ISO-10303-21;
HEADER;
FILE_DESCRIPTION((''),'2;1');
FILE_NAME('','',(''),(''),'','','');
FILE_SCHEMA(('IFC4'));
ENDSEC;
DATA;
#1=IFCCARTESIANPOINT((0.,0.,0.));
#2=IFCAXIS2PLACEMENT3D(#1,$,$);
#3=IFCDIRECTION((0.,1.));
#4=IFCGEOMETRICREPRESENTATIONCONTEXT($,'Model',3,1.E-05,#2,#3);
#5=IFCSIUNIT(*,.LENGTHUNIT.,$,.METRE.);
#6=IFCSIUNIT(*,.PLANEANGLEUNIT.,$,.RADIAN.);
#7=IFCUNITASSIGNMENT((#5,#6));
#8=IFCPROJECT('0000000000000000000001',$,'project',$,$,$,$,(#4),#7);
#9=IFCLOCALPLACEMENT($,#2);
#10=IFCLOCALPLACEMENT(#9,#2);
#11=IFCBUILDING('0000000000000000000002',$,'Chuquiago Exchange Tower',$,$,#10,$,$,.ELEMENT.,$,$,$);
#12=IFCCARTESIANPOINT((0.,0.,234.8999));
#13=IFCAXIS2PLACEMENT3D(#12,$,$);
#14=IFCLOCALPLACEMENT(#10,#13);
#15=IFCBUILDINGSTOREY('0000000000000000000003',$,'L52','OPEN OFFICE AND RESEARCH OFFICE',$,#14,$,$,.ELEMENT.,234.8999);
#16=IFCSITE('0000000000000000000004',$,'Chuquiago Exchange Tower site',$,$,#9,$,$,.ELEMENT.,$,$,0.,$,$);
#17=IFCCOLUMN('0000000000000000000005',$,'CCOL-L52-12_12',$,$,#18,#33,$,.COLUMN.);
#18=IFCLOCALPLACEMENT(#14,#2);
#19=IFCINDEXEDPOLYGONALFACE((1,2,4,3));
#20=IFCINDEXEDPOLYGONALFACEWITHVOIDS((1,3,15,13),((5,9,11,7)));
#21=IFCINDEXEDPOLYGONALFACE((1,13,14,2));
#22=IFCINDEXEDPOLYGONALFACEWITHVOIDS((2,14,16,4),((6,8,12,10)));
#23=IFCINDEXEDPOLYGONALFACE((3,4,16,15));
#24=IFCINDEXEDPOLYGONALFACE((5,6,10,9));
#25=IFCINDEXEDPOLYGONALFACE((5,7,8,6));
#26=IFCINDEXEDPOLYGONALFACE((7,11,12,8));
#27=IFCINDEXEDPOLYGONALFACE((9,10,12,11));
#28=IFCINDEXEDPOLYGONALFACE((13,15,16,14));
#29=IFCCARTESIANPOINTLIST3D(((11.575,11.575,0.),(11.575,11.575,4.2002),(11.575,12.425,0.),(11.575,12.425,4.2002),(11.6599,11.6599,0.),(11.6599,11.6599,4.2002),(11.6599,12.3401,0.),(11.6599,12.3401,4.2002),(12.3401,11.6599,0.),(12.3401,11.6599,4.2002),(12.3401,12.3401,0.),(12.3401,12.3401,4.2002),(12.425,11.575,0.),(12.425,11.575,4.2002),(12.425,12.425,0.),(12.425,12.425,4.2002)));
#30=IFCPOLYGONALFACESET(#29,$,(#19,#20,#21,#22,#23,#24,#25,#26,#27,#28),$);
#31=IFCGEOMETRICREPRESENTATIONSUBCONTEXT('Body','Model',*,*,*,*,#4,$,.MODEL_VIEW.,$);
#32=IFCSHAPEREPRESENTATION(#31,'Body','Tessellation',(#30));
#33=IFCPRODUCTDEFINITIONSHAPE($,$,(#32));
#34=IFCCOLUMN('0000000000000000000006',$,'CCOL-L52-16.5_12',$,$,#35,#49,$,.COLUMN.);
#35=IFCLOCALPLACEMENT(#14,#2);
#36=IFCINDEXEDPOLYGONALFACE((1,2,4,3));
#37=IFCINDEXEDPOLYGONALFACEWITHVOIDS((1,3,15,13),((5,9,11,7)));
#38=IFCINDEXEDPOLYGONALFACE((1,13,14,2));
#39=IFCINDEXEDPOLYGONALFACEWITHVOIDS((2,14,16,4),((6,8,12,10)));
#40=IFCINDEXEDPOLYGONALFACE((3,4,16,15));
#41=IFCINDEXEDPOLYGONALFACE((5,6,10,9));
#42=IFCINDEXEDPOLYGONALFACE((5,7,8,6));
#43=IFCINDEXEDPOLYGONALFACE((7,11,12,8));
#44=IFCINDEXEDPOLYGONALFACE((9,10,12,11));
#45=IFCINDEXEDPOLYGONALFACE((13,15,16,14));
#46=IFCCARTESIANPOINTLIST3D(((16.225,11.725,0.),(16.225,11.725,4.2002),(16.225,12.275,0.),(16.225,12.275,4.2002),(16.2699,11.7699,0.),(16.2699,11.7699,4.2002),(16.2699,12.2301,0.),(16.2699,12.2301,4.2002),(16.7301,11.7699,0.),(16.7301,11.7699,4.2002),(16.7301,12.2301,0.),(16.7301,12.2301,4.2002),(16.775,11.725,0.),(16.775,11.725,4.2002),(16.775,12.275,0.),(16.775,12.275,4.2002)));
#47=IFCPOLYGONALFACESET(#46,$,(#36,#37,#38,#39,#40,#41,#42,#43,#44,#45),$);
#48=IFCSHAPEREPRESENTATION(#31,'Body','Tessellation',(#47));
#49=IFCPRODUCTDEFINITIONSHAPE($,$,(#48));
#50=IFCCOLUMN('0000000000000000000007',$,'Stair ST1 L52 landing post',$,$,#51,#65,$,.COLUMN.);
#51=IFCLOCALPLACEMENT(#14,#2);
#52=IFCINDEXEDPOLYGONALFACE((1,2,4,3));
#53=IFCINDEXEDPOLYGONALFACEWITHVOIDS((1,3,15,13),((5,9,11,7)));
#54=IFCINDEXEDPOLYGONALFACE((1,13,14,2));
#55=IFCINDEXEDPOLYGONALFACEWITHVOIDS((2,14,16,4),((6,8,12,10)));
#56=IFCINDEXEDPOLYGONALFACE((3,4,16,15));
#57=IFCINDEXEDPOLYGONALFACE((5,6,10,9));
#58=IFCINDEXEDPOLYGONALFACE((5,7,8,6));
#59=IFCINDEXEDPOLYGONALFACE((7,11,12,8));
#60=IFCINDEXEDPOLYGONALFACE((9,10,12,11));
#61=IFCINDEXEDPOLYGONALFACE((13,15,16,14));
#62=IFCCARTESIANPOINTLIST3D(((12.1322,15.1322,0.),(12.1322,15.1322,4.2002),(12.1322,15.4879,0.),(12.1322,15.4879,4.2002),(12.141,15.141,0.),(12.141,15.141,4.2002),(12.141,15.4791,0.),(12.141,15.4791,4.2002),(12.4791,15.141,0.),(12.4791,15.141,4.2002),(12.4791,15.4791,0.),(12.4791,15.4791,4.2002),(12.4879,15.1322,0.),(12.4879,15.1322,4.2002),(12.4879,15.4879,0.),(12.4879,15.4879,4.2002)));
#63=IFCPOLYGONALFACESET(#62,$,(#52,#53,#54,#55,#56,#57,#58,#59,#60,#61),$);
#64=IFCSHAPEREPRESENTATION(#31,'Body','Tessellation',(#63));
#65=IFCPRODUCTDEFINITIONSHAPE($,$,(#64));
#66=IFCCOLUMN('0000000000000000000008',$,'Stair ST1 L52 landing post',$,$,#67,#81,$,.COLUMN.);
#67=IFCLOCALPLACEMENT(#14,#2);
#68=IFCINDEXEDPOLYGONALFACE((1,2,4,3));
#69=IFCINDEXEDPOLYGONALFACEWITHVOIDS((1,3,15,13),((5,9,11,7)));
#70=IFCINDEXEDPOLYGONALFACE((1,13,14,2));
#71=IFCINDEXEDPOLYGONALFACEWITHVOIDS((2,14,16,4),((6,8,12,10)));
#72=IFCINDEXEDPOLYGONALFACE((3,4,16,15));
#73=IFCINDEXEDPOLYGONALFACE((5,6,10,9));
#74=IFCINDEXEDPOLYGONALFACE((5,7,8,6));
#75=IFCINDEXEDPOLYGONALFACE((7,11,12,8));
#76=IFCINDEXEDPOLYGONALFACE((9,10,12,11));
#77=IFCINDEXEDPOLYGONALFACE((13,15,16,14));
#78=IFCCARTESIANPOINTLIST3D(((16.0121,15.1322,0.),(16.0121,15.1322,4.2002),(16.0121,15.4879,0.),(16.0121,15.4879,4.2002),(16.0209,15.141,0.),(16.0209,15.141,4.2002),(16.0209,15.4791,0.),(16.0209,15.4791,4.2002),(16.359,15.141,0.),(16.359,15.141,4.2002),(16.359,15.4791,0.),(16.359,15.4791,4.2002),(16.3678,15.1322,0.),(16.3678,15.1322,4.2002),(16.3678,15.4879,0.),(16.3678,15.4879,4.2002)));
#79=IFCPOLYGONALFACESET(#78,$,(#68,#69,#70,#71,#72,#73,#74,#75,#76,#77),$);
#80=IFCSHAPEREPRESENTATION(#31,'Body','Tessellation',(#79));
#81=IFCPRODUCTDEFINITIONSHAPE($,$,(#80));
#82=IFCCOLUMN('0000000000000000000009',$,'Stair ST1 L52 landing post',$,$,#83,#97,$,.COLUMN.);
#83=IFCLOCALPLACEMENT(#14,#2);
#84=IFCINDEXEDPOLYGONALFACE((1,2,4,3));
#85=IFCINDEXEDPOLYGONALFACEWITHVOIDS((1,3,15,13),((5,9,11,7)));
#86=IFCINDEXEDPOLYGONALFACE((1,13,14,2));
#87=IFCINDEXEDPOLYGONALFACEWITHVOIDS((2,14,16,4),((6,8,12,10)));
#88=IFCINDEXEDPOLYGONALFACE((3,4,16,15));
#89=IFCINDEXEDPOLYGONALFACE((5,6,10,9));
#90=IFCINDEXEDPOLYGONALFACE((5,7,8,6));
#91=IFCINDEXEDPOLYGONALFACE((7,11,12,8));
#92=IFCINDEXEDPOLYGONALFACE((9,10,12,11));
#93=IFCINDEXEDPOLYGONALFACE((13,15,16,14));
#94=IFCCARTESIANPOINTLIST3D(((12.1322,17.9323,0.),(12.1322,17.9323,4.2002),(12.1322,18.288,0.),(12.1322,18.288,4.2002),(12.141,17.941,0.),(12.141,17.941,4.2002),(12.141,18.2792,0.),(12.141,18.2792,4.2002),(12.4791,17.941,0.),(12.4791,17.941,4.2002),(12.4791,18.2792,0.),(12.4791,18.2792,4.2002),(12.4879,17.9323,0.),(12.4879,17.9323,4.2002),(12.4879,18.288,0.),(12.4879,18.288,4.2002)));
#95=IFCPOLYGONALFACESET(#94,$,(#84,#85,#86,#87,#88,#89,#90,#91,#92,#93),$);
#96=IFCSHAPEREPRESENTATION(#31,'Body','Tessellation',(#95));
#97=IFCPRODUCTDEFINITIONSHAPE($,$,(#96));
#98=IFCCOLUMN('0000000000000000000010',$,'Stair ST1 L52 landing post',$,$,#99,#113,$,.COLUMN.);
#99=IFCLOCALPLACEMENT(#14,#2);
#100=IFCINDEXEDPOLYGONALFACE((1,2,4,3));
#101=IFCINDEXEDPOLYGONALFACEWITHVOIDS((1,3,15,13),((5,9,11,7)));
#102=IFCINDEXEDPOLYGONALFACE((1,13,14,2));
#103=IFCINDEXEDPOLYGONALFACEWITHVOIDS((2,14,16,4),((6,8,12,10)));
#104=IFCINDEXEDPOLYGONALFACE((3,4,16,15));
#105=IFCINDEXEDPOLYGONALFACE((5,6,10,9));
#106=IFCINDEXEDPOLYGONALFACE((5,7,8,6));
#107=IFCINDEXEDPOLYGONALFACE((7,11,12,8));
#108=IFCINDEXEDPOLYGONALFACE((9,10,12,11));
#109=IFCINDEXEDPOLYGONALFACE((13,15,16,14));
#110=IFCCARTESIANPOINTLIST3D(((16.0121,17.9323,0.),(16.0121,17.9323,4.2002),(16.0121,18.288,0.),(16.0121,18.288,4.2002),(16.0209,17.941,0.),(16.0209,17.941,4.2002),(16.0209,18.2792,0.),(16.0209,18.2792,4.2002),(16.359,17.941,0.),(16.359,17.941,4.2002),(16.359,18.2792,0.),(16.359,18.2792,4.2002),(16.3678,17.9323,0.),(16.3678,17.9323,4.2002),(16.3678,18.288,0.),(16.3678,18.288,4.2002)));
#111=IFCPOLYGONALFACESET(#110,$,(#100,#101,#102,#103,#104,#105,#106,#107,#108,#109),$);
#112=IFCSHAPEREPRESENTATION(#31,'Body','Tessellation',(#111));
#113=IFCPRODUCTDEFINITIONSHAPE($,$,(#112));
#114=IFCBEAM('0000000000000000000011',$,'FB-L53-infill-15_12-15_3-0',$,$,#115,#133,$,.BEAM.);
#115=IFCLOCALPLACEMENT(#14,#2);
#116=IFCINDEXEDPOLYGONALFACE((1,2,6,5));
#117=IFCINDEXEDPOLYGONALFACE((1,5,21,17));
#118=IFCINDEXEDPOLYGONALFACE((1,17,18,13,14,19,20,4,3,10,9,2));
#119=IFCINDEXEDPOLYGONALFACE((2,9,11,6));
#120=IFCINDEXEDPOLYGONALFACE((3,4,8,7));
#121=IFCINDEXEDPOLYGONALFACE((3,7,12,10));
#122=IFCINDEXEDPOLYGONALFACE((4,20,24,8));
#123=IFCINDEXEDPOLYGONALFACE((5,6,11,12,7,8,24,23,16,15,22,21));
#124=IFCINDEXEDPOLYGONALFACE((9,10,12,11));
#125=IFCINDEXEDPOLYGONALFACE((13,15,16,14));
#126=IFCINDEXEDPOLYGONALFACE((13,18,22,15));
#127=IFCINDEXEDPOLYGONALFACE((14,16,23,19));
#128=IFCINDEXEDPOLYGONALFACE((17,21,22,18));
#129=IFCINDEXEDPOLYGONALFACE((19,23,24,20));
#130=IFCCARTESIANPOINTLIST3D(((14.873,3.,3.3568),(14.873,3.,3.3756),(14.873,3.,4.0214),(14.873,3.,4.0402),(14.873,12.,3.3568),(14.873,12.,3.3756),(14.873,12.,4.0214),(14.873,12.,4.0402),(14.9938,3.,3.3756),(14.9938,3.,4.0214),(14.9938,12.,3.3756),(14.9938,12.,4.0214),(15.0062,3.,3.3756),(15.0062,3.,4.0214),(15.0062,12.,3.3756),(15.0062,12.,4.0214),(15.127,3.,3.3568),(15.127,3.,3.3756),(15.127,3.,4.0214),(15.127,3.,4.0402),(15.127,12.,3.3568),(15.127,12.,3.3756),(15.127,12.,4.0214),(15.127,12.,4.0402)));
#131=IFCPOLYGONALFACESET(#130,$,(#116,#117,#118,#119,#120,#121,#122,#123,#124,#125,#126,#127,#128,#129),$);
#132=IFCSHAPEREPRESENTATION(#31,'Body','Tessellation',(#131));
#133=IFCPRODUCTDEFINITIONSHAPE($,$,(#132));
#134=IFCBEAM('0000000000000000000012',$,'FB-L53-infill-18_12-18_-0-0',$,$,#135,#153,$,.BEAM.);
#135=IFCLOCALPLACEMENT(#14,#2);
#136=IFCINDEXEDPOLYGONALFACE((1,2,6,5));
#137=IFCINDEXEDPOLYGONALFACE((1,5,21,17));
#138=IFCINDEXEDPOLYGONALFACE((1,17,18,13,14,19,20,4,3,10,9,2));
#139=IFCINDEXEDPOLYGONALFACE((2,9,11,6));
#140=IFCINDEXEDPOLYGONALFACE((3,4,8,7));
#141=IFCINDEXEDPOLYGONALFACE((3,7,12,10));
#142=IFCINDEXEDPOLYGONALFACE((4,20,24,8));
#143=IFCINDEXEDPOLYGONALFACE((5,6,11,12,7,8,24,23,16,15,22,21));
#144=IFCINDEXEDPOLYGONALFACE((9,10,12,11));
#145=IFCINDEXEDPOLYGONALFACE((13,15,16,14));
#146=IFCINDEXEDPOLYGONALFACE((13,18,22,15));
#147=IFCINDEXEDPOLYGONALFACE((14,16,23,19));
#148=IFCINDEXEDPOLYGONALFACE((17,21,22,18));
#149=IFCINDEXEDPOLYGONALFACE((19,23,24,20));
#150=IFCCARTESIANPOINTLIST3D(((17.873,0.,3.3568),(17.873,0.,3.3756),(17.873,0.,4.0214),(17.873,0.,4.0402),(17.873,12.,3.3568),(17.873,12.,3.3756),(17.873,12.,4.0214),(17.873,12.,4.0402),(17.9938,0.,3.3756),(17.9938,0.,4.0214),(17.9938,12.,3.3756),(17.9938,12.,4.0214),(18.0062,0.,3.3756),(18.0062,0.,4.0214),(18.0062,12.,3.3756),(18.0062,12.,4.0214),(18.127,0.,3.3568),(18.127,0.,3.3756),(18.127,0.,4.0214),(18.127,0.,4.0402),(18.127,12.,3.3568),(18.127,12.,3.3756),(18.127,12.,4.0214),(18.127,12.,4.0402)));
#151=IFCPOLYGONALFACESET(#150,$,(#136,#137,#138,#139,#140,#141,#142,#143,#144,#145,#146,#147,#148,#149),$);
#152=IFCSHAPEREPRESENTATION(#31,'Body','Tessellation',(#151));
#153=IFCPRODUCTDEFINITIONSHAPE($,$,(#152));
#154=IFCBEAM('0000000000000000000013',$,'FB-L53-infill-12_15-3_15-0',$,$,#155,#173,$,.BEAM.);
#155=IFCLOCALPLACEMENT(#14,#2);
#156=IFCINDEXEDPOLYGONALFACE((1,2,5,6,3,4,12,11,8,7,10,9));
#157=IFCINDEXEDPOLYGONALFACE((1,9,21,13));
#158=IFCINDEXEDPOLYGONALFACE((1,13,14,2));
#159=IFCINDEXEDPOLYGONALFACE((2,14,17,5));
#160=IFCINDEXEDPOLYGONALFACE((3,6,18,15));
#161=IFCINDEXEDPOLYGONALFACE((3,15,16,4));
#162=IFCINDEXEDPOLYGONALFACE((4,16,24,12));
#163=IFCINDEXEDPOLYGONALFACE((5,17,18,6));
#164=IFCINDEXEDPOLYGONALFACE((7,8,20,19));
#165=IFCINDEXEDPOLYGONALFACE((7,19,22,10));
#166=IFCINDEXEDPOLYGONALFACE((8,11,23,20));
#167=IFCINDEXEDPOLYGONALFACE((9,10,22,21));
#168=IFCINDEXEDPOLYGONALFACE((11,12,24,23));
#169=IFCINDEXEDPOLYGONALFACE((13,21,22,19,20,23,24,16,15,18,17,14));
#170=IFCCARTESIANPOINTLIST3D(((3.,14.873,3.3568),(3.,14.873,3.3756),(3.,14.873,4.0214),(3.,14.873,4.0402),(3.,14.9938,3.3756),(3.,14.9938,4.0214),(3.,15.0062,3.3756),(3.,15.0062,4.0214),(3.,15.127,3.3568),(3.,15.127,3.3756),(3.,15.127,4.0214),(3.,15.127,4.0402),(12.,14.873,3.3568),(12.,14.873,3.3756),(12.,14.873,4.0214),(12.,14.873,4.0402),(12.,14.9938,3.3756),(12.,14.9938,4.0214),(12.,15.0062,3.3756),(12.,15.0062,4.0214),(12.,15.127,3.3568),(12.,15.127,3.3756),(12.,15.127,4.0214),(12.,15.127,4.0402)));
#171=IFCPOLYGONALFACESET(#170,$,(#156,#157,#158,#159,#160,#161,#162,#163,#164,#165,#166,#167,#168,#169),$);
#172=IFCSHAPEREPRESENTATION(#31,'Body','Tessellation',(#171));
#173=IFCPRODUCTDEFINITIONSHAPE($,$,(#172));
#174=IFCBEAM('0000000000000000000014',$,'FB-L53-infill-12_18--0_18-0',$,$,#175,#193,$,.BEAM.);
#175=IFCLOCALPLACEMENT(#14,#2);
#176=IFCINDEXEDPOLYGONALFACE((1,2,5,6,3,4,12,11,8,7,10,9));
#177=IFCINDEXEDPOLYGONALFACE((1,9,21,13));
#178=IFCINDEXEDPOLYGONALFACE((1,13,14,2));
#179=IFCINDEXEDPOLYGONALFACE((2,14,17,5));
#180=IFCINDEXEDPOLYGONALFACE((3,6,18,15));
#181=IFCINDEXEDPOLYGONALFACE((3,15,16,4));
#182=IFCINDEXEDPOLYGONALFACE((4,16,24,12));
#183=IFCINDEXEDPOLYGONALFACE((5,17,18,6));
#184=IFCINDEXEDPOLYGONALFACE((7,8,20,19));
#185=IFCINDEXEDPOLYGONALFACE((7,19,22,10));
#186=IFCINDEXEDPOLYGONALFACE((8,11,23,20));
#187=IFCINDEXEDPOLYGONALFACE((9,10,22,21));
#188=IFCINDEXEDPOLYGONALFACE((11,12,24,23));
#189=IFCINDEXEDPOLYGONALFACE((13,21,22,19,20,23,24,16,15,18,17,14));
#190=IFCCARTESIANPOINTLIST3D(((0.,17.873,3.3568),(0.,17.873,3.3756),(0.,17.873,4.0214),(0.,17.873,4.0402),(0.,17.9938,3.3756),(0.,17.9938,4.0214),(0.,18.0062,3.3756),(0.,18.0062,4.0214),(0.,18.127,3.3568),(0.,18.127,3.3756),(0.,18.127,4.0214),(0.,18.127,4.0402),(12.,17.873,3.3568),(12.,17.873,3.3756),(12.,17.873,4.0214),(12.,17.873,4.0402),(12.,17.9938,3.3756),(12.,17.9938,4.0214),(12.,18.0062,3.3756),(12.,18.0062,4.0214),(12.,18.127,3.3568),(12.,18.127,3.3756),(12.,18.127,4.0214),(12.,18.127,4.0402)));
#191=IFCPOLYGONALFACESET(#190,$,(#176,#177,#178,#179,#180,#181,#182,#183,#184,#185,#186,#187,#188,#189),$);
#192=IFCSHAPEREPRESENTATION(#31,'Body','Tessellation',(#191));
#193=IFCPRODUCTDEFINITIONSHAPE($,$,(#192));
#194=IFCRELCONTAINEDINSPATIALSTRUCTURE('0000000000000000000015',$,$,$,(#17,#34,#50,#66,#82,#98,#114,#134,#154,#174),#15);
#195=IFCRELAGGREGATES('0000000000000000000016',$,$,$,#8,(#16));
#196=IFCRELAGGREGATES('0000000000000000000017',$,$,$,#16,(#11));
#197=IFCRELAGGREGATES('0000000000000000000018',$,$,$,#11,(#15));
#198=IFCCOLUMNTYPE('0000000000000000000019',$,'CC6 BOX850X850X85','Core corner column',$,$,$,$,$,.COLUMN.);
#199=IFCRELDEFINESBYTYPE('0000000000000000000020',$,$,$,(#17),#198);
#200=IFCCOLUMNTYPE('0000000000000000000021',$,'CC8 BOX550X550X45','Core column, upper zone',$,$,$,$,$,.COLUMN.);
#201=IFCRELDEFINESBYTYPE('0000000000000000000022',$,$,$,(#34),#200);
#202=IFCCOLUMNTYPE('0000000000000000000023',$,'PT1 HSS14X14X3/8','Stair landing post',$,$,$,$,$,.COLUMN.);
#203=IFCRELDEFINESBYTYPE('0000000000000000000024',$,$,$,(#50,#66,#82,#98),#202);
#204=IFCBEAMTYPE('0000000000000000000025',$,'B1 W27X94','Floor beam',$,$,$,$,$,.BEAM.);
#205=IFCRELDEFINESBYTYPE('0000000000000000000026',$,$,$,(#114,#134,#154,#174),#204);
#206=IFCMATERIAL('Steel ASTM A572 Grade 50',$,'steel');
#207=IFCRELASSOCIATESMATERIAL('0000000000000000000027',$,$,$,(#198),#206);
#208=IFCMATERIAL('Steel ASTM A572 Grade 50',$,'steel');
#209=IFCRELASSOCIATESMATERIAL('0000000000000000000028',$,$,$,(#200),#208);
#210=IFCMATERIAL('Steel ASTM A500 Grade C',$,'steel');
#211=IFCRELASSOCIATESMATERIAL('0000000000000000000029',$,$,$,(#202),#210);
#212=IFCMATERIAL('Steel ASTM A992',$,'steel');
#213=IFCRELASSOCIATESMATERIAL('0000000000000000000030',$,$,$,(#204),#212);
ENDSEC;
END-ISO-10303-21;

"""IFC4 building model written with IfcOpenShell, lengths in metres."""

from ifc_helpers import new_model, si_unit, direction, frame, origin, origin_2d, place, context, subcontext, project, spatial, hollow_rectangle, i_section, extrude, material, material_profile, profile_set, type_object, element, save


model = new_model("IFC4")

# Units and contexts
model_context = context("Model", 3, precision=1e-05, world=origin(), true_north=direction((0.0, 1.0)))
body_context = subcontext(model_context, "Body", "Model", "MODEL_VIEW")
ifc_project = project(units=[si_unit("LENGTHUNIT", "METRE"), si_unit("PLANEANGLEUNIT", "RADIAN")], contexts=[model_context])

# Site, building, storey
site_placement = place(None, origin())
site = spatial("IfcSite", under=ifc_project, at=site_placement, Name="Chuquiago Exchange Tower site", CompositionType="ELEMENT", RefElevation=0.0)
building_placement = place(site_placement, origin())
building = spatial("IfcBuilding", under=site, at=building_placement, Name="Chuquiago Exchange Tower", CompositionType="ELEMENT")
storey_placement = place(building_placement, frame((0.0, 0.0, 234.8999)))
storey = spatial("IfcBuildingStorey", under=building, at=storey_placement, Name="L52", Description="OPEN OFFICE AND RESEARCH OFFICE", CompositionType="ELEMENT", Elevation=234.8999)

# Columns
ifc_material_1 = material(Name="Steel ASTM A572 Grade 50", Category="steel")
ifc_material_profile_1 = material_profile(ifc_material_1, hollow_rectangle(XDim=0.8501, YDim=0.8501, WallThickness=0.085, at=origin_2d()), Name="BOX850X850X85")
ifc_profile_set_1 = profile_set([ifc_material_profile_1], Name="Steel ASTM A572 Grade 50")
column_type_1 = type_object("IfcColumnType", Name="CC6 BOX850X850X85", Description="Core corner column", PredefinedType="COLUMN", material=ifc_profile_set_1)
column_1_placement = place(storey_placement, frame((12.0, 12.0, 0.0), z_axis=(0.0, 0.0, 1.0), x_axis=(1.0, 0.0, 0.0)))
element("IfcColumn", 1, at=column_1_placement, inside=storey, type_object=column_type_1, Name="CCOL-L52-12_12", PredefinedType="COLUMN", context=body_context, shape_type="SweptSolid", body=[
    extrude(hollow_rectangle(XDim=0.8501, YDim=0.8501, WallThickness=0.085, at=origin_2d()), origin(), (0.0, 0.0, 1.0), 4.2002),
])
ifc_material_2 = material(Name="Steel ASTM A572 Grade 50", Category="steel")
ifc_material_profile_2 = material_profile(ifc_material_2, hollow_rectangle(XDim=0.55, YDim=0.55, WallThickness=0.0449, at=origin_2d()), Name="BOX550X550X45")
ifc_profile_set_2 = profile_set([ifc_material_profile_2], Name="Steel ASTM A572 Grade 50")
column_type_2 = type_object("IfcColumnType", Name="CC8 BOX550X550X45", Description="Core column, upper zone", PredefinedType="COLUMN", material=ifc_profile_set_2)
column_2_placement = place(storey_placement, frame((16.5, 12.0, 0.0), z_axis=(0.0, 0.0, 1.0), x_axis=(1.0, 0.0, 0.0)))
element("IfcColumn", 2, at=column_2_placement, inside=storey, type_object=column_type_2, Name="CCOL-L52-16.5_12", PredefinedType="COLUMN", context=body_context, shape_type="SweptSolid", body=[
    extrude(hollow_rectangle(XDim=0.55, YDim=0.55, WallThickness=0.0449, at=origin_2d()), origin(), (0.0, 0.0, 1.0), 4.2002),
])
ifc_material_3 = material(Name="Steel ASTM A500 Grade C", Category="steel")
ifc_material_profile_3 = material_profile(ifc_material_3, hollow_rectangle(XDim=0.3557, YDim=0.3557, WallThickness=0.0088, at=origin_2d()), Name="HSS14X14X3/8")
ifc_profile_set_3 = profile_set([ifc_material_profile_3], Name="Steel ASTM A500 Grade C")
column_type_3 = type_object("IfcColumnType", Name="PT1 HSS14X14X3/8", Description="Stair landing post", PredefinedType="COLUMN", material=ifc_profile_set_3)
for number, where, z_axis, x_axis, name in (
    (3, (12.3101, 15.3101, 0.0), (0.0, 0.0, 1.0), (1.0, 0.0, 0.0), "Stair ST1 L52 landing post"),
    (4, (16.1899, 15.3101, 0.0), (0.0, 0.0, 1.0), (1.0, 0.0, 0.0), "Stair ST1 L52 landing post"),
    (5, (12.3101, 18.1101, 0.0), (0.0, 0.0, 1.0), (1.0, 0.0, 0.0), "Stair ST1 L52 landing post"),
    (6, (16.1899, 18.1101, 0.0), (0.0, 0.0, 1.0), (1.0, 0.0, 0.0), "Stair ST1 L52 landing post"),
):
    element("IfcColumn", number, at=place(storey_placement, frame(where, z_axis=z_axis, x_axis=x_axis)), inside=storey, type_object=column_type_3, Name=name, PredefinedType="COLUMN", context=body_context, shape_type="SweptSolid", body=[
        extrude(hollow_rectangle(XDim=0.3557, YDim=0.3557, WallThickness=0.0088, at=origin_2d()), origin(), (0.0, 0.0, 1.0), 4.2002),
    ])

# Beams
ifc_material_4 = material(Name="Steel ASTM A992", Category="steel")
ifc_material_profile_4 = material_profile(ifc_material_4, i_section(OverallWidth=0.2539, OverallDepth=0.6833, WebThickness=0.0125, FlangeThickness=0.0188, at=origin_2d()), Name="W27X94")
ifc_profile_set_4 = profile_set([ifc_material_profile_4], Name="Steel ASTM A992")
beam_type_1 = type_object("IfcBeamType", Name="B1 W27X94", Description="Floor beam", PredefinedType="BEAM", material=ifc_profile_set_4)
beam_1_placement = place(storey_placement, frame((15.0, 12.0, 3.6985), z_axis=(0.0, -1.0, 0.0), x_axis=(1.0, 0.0, 0.0)))
element("IfcBeam", 7, at=beam_1_placement, inside=storey, type_object=beam_type_1, Name="FB-L53-infill-15_12-15_3-0", PredefinedType="BEAM", context=body_context, shape_type="SweptSolid", body=[
    extrude(i_section(OverallWidth=0.2539, OverallDepth=0.6833, WebThickness=0.0125, FlangeThickness=0.0188, at=origin_2d()), origin(), (0.0, 0.0, 1.0), 9.0),
])
beam_2_placement = place(storey_placement, frame((18.0, 12.0, 3.6985), z_axis=(0.0, -1.0, 0.0), x_axis=(1.0, 0.0, 0.0)))
element("IfcBeam", 8, at=beam_2_placement, inside=storey, type_object=beam_type_1, Name="FB-L53-infill-18_12-18_-0-0", PredefinedType="BEAM", context=body_context, shape_type="SweptSolid", body=[
    extrude(i_section(OverallWidth=0.2539, OverallDepth=0.6833, WebThickness=0.0125, FlangeThickness=0.0188, at=origin_2d()), origin(), (0.0, 0.0, 1.0), 12.0),
])
beam_3_placement = place(storey_placement, frame((12.0, 15.0, 3.6985), z_axis=(-1.0, 0.0, 0.0), x_axis=(0.0, -1.0, 0.0)))
element("IfcBeam", 9, at=beam_3_placement, inside=storey, type_object=beam_type_1, Name="FB-L53-infill-12_15-3_15-0", PredefinedType="BEAM", context=body_context, shape_type="SweptSolid", body=[
    extrude(i_section(OverallWidth=0.2539, OverallDepth=0.6833, WebThickness=0.0125, FlangeThickness=0.0188, at=origin_2d()), origin(), (0.0, 0.0, 1.0), 9.0),
])
beam_4_placement = place(storey_placement, frame((12.0, 18.0, 3.6985), z_axis=(-1.0, 0.0, 0.0), x_axis=(0.0, -1.0, 0.0)))
element("IfcBeam", 10, at=beam_4_placement, inside=storey, type_object=beam_type_1, Name="FB-L53-infill-12_18--0_18-0", PredefinedType="BEAM", context=body_context, shape_type="SweptSolid", body=[
    extrude(i_section(OverallWidth=0.2539, OverallDepth=0.6833, WebThickness=0.0125, FlangeThickness=0.0188, at=origin_2d()), origin(), (0.0, 0.0, 1.0), 12.0),
])

save(model, "model.ifc")
